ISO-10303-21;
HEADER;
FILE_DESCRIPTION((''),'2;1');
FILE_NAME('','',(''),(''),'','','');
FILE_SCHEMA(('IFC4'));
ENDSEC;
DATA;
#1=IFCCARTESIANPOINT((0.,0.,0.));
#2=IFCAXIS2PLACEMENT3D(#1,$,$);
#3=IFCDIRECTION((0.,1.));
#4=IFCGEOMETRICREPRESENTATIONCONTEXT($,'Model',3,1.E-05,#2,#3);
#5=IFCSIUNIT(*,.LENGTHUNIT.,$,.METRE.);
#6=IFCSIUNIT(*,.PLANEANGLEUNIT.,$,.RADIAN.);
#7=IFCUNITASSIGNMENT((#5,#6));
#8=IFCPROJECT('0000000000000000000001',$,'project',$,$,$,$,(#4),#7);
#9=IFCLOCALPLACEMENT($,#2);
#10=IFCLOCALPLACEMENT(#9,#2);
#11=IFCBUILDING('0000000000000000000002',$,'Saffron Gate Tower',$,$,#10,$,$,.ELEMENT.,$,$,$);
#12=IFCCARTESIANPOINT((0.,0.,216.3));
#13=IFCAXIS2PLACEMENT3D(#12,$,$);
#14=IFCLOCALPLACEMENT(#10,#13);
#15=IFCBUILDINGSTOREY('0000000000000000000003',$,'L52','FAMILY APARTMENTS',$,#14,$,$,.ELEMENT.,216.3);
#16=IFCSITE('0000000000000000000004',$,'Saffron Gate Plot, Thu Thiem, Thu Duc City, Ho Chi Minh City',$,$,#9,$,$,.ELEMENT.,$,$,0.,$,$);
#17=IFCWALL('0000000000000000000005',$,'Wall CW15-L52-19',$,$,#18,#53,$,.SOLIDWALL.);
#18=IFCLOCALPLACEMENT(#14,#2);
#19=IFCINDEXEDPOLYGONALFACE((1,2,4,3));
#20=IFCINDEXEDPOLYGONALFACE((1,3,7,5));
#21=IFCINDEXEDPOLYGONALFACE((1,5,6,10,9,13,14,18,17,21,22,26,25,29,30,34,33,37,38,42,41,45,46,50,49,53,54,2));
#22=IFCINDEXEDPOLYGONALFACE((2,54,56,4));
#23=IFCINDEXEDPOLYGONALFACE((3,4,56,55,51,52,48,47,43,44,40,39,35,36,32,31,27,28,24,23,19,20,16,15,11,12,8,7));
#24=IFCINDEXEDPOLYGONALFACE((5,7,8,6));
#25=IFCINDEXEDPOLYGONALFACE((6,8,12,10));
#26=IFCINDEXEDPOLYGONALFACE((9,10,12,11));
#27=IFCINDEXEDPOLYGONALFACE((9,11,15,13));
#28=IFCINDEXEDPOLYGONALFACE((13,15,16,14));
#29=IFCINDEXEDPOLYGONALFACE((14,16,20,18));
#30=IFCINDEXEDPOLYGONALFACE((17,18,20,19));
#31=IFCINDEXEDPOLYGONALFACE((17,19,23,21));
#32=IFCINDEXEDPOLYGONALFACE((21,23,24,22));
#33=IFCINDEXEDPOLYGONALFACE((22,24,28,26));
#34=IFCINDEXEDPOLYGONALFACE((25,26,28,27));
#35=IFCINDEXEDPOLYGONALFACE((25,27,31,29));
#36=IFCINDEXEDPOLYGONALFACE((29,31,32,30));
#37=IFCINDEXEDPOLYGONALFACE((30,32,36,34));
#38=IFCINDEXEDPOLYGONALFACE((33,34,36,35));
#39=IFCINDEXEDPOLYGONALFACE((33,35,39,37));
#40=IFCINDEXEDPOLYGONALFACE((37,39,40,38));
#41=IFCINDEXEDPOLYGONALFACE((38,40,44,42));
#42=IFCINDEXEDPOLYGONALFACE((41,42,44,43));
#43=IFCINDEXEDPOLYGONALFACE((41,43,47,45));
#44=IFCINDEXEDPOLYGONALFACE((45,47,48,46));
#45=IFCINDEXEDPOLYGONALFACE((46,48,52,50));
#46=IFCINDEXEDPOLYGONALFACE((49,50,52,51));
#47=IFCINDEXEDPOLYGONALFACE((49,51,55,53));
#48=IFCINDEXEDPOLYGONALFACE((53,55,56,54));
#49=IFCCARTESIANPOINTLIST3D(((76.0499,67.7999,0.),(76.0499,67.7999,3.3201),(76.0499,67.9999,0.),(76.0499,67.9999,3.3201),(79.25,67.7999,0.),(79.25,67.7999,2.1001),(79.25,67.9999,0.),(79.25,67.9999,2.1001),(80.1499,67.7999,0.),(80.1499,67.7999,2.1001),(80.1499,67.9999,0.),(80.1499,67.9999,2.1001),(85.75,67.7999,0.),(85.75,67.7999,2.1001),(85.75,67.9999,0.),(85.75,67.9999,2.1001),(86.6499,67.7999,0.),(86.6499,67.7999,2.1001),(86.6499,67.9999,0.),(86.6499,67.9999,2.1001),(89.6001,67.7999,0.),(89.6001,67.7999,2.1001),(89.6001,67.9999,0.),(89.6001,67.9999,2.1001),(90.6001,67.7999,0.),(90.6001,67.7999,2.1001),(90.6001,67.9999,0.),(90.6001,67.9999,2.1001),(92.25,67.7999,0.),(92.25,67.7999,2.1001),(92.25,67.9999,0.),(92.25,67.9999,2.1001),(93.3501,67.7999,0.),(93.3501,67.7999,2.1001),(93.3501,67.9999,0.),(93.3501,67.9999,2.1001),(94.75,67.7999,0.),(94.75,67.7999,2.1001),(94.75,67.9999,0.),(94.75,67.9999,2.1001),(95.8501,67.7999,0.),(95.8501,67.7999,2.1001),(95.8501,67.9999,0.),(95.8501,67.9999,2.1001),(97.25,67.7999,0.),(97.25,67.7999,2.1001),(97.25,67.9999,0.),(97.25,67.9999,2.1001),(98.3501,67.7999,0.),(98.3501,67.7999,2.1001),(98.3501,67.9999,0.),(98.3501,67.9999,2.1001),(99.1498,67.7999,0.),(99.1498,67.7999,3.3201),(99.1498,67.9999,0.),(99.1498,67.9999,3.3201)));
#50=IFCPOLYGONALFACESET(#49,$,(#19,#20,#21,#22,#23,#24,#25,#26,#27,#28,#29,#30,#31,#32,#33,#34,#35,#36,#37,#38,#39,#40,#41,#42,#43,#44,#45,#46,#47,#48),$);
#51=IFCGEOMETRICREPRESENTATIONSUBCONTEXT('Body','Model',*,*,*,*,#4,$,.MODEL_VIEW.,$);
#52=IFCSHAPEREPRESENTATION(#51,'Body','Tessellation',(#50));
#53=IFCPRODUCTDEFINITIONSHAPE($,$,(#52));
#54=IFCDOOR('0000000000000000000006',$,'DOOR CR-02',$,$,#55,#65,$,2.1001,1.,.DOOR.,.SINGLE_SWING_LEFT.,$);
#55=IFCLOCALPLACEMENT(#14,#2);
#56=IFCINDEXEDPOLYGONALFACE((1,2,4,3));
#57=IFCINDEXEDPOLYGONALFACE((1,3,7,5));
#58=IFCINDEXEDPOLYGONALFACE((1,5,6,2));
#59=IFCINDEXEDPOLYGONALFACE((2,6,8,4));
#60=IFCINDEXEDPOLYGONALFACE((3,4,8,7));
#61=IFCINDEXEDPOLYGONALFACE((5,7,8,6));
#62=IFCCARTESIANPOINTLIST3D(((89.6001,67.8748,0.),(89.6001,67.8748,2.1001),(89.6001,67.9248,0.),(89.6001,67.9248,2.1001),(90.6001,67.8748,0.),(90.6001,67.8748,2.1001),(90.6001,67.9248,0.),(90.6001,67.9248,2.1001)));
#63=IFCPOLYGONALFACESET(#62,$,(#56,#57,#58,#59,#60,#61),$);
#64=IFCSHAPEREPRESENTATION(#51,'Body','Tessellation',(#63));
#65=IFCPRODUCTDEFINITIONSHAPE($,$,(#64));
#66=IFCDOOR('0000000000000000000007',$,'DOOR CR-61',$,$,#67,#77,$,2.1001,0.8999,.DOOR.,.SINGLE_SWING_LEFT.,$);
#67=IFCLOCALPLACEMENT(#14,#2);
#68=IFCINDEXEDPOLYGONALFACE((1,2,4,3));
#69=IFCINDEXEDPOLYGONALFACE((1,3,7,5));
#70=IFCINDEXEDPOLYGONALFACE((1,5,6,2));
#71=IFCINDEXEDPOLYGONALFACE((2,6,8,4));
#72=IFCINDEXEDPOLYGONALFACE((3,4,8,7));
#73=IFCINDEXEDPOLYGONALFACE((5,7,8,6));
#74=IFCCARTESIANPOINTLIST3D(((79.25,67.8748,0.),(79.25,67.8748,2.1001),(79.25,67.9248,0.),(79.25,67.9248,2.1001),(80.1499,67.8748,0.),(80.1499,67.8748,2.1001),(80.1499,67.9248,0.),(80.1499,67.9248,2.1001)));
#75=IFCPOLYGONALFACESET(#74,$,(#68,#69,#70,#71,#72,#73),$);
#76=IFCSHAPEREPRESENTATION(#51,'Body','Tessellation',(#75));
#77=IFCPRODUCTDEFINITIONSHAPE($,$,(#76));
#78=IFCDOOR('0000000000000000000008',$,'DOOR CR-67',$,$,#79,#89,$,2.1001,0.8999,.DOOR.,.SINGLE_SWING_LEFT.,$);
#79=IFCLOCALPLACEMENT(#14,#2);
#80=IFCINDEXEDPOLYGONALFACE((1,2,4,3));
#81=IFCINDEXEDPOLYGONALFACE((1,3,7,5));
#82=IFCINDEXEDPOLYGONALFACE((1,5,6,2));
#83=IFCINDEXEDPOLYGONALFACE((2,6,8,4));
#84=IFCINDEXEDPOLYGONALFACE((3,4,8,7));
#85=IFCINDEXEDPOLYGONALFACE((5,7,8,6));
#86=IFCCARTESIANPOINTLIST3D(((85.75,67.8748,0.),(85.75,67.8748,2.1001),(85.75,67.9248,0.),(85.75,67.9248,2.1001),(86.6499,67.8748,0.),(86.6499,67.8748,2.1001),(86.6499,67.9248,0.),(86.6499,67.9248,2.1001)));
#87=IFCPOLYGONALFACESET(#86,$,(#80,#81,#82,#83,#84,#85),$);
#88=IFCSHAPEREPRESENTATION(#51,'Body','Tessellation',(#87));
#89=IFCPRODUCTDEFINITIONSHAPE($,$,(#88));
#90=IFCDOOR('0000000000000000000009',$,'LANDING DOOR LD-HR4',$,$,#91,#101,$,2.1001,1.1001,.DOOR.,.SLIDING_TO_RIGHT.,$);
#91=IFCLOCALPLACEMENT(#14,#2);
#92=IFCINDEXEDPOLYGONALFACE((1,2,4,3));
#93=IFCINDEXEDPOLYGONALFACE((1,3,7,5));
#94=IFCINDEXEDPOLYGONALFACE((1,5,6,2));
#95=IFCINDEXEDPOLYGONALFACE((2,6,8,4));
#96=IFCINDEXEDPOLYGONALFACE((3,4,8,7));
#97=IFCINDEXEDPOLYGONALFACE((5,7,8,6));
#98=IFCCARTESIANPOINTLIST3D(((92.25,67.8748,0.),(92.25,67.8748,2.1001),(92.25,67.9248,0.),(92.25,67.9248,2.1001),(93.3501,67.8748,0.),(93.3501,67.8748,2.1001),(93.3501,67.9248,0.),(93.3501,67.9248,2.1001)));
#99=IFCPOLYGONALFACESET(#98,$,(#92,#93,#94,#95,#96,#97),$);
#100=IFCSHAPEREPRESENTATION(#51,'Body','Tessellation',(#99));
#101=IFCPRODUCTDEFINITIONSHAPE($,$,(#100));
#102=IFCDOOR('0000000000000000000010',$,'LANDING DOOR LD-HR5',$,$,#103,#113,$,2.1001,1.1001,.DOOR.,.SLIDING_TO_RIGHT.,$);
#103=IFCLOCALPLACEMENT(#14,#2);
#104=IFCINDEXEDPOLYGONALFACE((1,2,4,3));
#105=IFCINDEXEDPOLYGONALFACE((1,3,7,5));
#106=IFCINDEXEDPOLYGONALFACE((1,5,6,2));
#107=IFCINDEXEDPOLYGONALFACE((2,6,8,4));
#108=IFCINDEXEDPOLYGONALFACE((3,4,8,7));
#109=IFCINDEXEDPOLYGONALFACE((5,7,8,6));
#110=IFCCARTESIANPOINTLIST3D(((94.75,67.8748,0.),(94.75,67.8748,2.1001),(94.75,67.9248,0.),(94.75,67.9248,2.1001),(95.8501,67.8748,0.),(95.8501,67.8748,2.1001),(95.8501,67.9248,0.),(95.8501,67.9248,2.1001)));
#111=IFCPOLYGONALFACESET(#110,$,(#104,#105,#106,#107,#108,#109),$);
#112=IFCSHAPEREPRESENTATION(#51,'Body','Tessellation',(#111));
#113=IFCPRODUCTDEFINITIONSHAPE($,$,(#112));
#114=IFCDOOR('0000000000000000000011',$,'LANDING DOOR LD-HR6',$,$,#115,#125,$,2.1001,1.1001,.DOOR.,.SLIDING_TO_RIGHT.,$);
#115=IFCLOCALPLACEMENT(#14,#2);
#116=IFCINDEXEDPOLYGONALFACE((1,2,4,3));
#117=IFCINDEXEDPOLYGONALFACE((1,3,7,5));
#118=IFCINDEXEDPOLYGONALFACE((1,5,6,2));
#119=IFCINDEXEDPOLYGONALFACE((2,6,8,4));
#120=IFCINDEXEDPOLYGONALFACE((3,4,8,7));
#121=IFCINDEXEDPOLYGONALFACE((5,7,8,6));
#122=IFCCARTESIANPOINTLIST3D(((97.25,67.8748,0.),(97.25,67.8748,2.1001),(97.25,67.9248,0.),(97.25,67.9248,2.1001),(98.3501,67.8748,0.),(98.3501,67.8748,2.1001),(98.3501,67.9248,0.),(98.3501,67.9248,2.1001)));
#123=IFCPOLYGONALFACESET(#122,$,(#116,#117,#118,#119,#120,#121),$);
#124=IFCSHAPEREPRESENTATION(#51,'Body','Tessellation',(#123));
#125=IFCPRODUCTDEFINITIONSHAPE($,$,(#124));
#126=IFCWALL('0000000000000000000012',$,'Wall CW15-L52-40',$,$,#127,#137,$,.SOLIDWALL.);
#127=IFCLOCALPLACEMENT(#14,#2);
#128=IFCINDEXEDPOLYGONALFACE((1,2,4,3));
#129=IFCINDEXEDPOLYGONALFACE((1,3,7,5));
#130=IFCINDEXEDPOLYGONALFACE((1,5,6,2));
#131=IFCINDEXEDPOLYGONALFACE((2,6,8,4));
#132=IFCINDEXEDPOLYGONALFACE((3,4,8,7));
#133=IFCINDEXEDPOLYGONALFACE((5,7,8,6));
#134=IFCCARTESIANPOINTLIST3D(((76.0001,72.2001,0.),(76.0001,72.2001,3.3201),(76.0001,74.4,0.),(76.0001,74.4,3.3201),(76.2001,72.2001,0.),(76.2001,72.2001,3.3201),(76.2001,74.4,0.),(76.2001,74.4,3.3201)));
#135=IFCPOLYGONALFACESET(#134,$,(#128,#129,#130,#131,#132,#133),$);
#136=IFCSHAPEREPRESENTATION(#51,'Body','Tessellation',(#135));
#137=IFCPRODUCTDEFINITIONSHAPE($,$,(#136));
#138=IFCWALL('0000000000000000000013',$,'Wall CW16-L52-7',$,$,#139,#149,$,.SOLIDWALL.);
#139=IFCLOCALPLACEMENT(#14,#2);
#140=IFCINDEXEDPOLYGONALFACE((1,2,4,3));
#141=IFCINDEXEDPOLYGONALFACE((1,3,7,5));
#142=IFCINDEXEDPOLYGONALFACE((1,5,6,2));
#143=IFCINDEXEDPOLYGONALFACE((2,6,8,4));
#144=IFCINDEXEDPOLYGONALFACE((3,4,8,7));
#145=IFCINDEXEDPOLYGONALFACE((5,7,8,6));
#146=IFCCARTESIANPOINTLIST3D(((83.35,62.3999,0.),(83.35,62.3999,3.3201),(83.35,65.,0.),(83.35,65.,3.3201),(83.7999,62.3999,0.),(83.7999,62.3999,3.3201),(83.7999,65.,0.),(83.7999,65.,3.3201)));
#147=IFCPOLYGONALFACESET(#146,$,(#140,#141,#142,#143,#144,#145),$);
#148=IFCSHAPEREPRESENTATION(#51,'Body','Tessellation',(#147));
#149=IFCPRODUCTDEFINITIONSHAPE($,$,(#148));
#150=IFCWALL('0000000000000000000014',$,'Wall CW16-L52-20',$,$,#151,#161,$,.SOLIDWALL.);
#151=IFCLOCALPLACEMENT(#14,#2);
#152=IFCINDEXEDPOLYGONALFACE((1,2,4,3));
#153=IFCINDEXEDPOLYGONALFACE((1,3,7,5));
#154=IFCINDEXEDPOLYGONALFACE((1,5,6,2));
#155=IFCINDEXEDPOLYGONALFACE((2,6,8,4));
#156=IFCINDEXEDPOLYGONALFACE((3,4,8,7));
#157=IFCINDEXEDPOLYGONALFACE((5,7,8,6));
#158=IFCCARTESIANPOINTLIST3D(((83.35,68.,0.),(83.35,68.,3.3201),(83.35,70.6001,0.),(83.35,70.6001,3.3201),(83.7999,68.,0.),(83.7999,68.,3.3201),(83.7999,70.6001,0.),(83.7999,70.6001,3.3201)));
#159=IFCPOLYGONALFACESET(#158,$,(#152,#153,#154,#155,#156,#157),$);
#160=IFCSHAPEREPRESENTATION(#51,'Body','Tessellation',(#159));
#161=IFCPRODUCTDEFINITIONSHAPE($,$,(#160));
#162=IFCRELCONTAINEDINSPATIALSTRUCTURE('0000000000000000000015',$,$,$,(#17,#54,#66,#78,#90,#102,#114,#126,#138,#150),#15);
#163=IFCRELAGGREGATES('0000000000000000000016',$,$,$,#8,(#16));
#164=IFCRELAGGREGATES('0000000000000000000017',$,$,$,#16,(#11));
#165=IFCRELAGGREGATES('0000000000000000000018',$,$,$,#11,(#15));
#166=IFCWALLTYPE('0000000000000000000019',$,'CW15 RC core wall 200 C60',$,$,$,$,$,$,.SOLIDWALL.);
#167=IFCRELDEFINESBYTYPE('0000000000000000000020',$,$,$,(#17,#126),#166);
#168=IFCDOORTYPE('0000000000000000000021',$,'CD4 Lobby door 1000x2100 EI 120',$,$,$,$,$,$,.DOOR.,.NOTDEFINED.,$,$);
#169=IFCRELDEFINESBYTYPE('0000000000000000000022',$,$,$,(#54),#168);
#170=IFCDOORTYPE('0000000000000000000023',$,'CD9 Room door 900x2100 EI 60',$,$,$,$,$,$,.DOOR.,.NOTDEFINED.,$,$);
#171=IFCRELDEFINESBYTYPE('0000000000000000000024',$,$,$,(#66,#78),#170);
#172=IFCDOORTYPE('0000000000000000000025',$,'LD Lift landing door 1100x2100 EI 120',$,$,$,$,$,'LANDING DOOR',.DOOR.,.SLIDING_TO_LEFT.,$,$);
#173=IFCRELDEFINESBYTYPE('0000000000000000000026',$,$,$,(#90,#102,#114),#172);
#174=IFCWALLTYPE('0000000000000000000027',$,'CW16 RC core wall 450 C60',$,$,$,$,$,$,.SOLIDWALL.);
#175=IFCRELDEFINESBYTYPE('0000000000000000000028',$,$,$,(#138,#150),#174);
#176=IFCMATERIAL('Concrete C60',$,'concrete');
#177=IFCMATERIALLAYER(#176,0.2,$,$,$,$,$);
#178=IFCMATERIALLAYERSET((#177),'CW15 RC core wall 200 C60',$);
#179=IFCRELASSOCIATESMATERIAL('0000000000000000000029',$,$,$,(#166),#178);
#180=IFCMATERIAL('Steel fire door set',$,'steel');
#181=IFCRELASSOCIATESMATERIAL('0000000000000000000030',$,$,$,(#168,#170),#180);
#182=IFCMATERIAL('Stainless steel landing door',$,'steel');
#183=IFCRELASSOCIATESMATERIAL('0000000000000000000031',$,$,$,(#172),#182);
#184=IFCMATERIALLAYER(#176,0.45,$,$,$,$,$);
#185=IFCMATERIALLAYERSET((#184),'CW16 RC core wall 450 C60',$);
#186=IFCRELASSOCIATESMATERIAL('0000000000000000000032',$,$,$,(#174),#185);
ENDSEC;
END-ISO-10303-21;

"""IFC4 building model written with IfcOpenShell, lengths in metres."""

from ifc_helpers import new_model, si_unit, direction, frame, frame_2d, origin, place, context, subcontext, project, spatial, rectangle, extrude, material, layer, layer_set, type_object, element, fill, save


model = new_model("IFC4")

# Units and contexts
model_context = context("Model", 3, precision=1e-05, world=origin(), true_north=direction((0.0, 1.0)))
body_context = subcontext(model_context, "Body", "Model", "MODEL_VIEW")
ifc_project = project(units=[si_unit("LENGTHUNIT", "METRE"), si_unit("PLANEANGLEUNIT", "RADIAN")], contexts=[model_context])

# Site, building, storey
site_placement = place(None, origin())
site = spatial("IfcSite", under=ifc_project, at=site_placement, Name="Saffron Gate Plot, Thu Thiem, Thu Duc City, Ho Chi Minh City", CompositionType="ELEMENT", RefElevation=0.0)
building_placement = place(site_placement, origin())
building = spatial("IfcBuilding", under=site, at=building_placement, Name="Saffron Gate Tower", CompositionType="ELEMENT")
storey_placement = place(building_placement, frame((0.0, 0.0, 216.3)))
storey = spatial("IfcBuildingStorey", under=building, at=storey_placement, Name="L52", Description="FAMILY APARTMENTS", CompositionType="ELEMENT", Elevation=216.3)

# Shared definitions
ifc_material_1 = material(Name="Concrete C60", Category="concrete")
ifc_material_2 = material(Name="Steel fire door set", Category="steel")

# Wall, openings, doors
ifc_layer_1 = layer(ifc_material_1, 0.2)
ifc_layer_set_1 = layer_set([ifc_layer_1], Name="CW15 RC core wall 200 C60")
wall_type_1 = type_object("IfcWallType", Name="CW15 RC core wall 200 C60", PredefinedType="SOLIDWALL", material=ifc_layer_set_1)
wall_1_placement = place(storey_placement, frame((76.05, 67.8999, 0.0), z_axis=(0.0, 0.0, 1.0), x_axis=(1.0, 0.0, 0.0)))
wall_1 = element("IfcWall", 1, at=wall_1_placement, inside=storey, type_object=wall_type_1, Name="Wall CW15-L52-19", PredefinedType="SOLIDWALL", context=body_context, shape_type="SweptSolid", body=[
    extrude(rectangle(XDim=23.0999, YDim=0.2, at=frame_2d((11.5498, 0.0))), origin(), (0.0, 0.0, 1.0), 3.3201),
])
opening_1_placement = place(wall_1_placement, frame((3.2, 0.0, 0.0)))
opening_1 = element("IfcOpeningElement", 2, at=opening_1_placement, cuts=wall_1, PredefinedType="OPENING", context=body_context, shape_type="SweptSolid", body=[
    extrude(rectangle(XDim=0.8999, YDim=2.1001, at=frame_2d((0.45, 1.05))), frame((0.0, 0.1099, 0.0), z_axis=(0.0, -1.0, 0.0), x_axis=(1.0, 0.0, 0.0)), (0.0, 0.0, 1.0), 0.22),
])
opening_2_placement = place(wall_1_placement, frame((9.7, 0.0, 0.0)))
opening_2 = element("IfcOpeningElement", 3, at=opening_2_placement, cuts=wall_1, PredefinedType="OPENING", context=body_context, shape_type="SweptSolid", body=[
    extrude(rectangle(XDim=0.8999, YDim=2.1001, at=frame_2d((0.45, 1.05))), frame((0.0, 0.1099, 0.0), z_axis=(0.0, -1.0, 0.0), x_axis=(1.0, 0.0, 0.0)), (0.0, 0.0, 1.0), 0.22),
])
opening_3_placement = place(wall_1_placement, frame((13.55, 0.0, 0.0)))
opening_3 = element("IfcOpeningElement", 4, at=opening_3_placement, cuts=wall_1, PredefinedType="OPENING", context=body_context, shape_type="SweptSolid", body=[
    extrude(rectangle(XDim=1.0, YDim=2.1001, at=frame_2d((0.5, 1.05))), frame((0.0, 0.1099, 0.0), z_axis=(0.0, -1.0, 0.0), x_axis=(1.0, 0.0, 0.0)), (0.0, 0.0, 1.0), 0.22),
])
opening_4_placement = place(wall_1_placement, frame((16.2, 0.0, 0.0)))
opening_4 = element("IfcOpeningElement", 5, at=opening_4_placement, cuts=wall_1, PredefinedType="OPENING", context=body_context, shape_type="SweptSolid", body=[
    extrude(rectangle(XDim=1.1001, YDim=2.1001, at=frame_2d((0.55, 1.05))), frame((0.0, 0.1099, 0.0), z_axis=(0.0, -1.0, 0.0), x_axis=(1.0, 0.0, 0.0)), (0.0, 0.0, 1.0), 0.22),
])
opening_5_placement = place(wall_1_placement, frame((18.7, 0.0, 0.0)))
opening_5 = element("IfcOpeningElement", 6, at=opening_5_placement, cuts=wall_1, PredefinedType="OPENING", context=body_context, shape_type="SweptSolid", body=[
    extrude(rectangle(XDim=1.1001, YDim=2.1001, at=frame_2d((0.55, 1.05))), frame((0.0, 0.1099, 0.0), z_axis=(0.0, -1.0, 0.0), x_axis=(1.0, 0.0, 0.0)), (0.0, 0.0, 1.0), 0.22),
])
opening_6_placement = place(wall_1_placement, frame((21.2, 0.0, 0.0)))
opening_6 = element("IfcOpeningElement", 7, at=opening_6_placement, cuts=wall_1, PredefinedType="OPENING", context=body_context, shape_type="SweptSolid", body=[
    extrude(rectangle(XDim=1.1001, YDim=2.1001, at=frame_2d((0.55, 1.05))), frame((0.0, 0.1099, 0.0), z_axis=(0.0, -1.0, 0.0), x_axis=(1.0, 0.0, 0.0)), (0.0, 0.0, 1.0), 0.22),
])
door_type_1 = type_object("IfcDoorType", Name="CD4 Lobby door 1000x2100 EI 120", OperationType="NOTDEFINED", PredefinedType="DOOR", material=ifc_material_2)
door_1_placement = place(opening_3_placement, origin())
door_1 = element("IfcDoor", 8, at=door_1_placement, inside=storey, type_object=door_type_1, Name="DOOR CR-02", OperationType="SINGLE_SWING_LEFT", OverallHeight=2.1001, OverallWidth=1.0, PredefinedType="DOOR", context=body_context, shape_type="SweptSolid", body=[
    extrude(rectangle(XDim=1.0, YDim=2.1001, at=frame_2d((0.5, 1.05))), frame((0.0, 0.0249, 0.0), z_axis=(0.0, -1.0, 0.0), x_axis=(1.0, 0.0, 0.0)), (0.0, 0.0, 1.0), 0.05),
])
fill(opening_3, door_1)
door_type_2 = type_object("IfcDoorType", Name="CD9 Room door 900x2100 EI 60", OperationType="NOTDEFINED", PredefinedType="DOOR", material=ifc_material_2)
door_2_placement = place(opening_1_placement, origin())
door_2 = element("IfcDoor", 9, at=door_2_placement, inside=storey, type_object=door_type_2, Name="DOOR CR-61", OperationType="SINGLE_SWING_LEFT", OverallHeight=2.1001, OverallWidth=0.8999, PredefinedType="DOOR", context=body_context, shape_type="SweptSolid", body=[
    extrude(rectangle(XDim=0.8999, YDim=2.1001, at=frame_2d((0.45, 1.05))), frame((0.0, 0.0249, 0.0), z_axis=(0.0, -1.0, 0.0), x_axis=(1.0, 0.0, 0.0)), (0.0, 0.0, 1.0), 0.05),
])
fill(opening_1, door_2)
door_3_placement = place(opening_2_placement, origin())
door_3 = element("IfcDoor", 10, at=door_3_placement, inside=storey, type_object=door_type_2, Name="DOOR CR-67", OperationType="SINGLE_SWING_LEFT", OverallHeight=2.1001, OverallWidth=0.8999, PredefinedType="DOOR", context=body_context, shape_type="SweptSolid", body=[
    extrude(rectangle(XDim=0.8999, YDim=2.1001, at=frame_2d((0.45, 1.05))), frame((0.0, 0.0249, 0.0), z_axis=(0.0, -1.0, 0.0), x_axis=(1.0, 0.0, 0.0)), (0.0, 0.0, 1.0), 0.05),
])
fill(opening_2, door_3)
ifc_material_3 = material(Name="Stainless steel landing door", Category="steel")
door_type_3 = type_object("IfcDoorType", Name="LD Lift landing door 1100x2100 EI 120", ElementType="LANDING DOOR", OperationType="SLIDING_TO_LEFT", PredefinedType="DOOR", material=ifc_material_3)
door_4_placement = place(opening_4_placement, origin())
door_4 = element("IfcDoor", 11, at=door_4_placement, inside=storey, type_object=door_type_3, Name="LANDING DOOR LD-HR4", OperationType="SLIDING_TO_RIGHT", OverallHeight=2.1001, OverallWidth=1.1001, PredefinedType="DOOR", context=body_context, shape_type="SweptSolid", body=[
    extrude(rectangle(XDim=1.1001, YDim=2.1001, at=frame_2d((0.55, 1.05))), frame((0.0, 0.0249, 0.0), z_axis=(0.0, -1.0, 0.0), x_axis=(1.0, 0.0, 0.0)), (0.0, 0.0, 1.0), 0.05),
])
fill(opening_4, door_4)
door_5_placement = place(opening_5_placement, origin())
door_5 = element("IfcDoor", 12, at=door_5_placement, inside=storey, type_object=door_type_3, Name="LANDING DOOR LD-HR5", OperationType="SLIDING_TO_RIGHT", OverallHeight=2.1001, OverallWidth=1.1001, PredefinedType="DOOR", context=body_context, shape_type="SweptSolid", body=[
    extrude(rectangle(XDim=1.1001, YDim=2.1001, at=frame_2d((0.55, 1.05))), frame((0.0, 0.0249, 0.0), z_axis=(0.0, -1.0, 0.0), x_axis=(1.0, 0.0, 0.0)), (0.0, 0.0, 1.0), 0.05),
])
fill(opening_5, door_5)
door_6_placement = place(opening_6_placement, origin())
door_6 = element("IfcDoor", 13, at=door_6_placement, inside=storey, type_object=door_type_3, Name="LANDING DOOR LD-HR6", OperationType="SLIDING_TO_RIGHT", OverallHeight=2.1001, OverallWidth=1.1001, PredefinedType="DOOR", context=body_context, shape_type="SweptSolid", body=[
    extrude(rectangle(XDim=1.1001, YDim=2.1001, at=frame_2d((0.55, 1.05))), frame((0.0, 0.0249, 0.0), z_axis=(0.0, -1.0, 0.0), x_axis=(1.0, 0.0, 0.0)), (0.0, 0.0, 1.0), 0.05),
])
fill(opening_6, door_6)

# Walls
wall_2_placement = place(storey_placement, frame((76.1001, 72.2, 0.0), z_axis=(0.0, 0.0, 1.0), x_axis=(0.0, 1.0, 0.0)))
element("IfcWall", 14, at=wall_2_placement, inside=storey, type_object=wall_type_1, Name="Wall CW15-L52-40", PredefinedType="SOLIDWALL", context=body_context, shape_type="SweptSolid", body=[
    extrude(rectangle(XDim=2.2, YDim=0.2, at=frame_2d((1.1001, 0.0))), origin(), (0.0, 0.0, 1.0), 3.3201),
])
ifc_layer_2 = layer(ifc_material_1, 0.45)
ifc_layer_set_2 = layer_set([ifc_layer_2], Name="CW16 RC core wall 450 C60")
wall_type_2 = type_object("IfcWallType", Name="CW16 RC core wall 450 C60", PredefinedType="SOLIDWALL", material=ifc_layer_set_2)
for number, where, z_axis, x_axis, name in (
    (15, (83.575, 62.3999, 0.0), (0.0, 0.0, 1.0), (0.0, 1.0, 0.0), "Wall CW16-L52-7"),
    (16, (83.575, 68.0, 0.0), (0.0, 0.0, 1.0), (0.0, 1.0, 0.0), "Wall CW16-L52-20"),
):
    element("IfcWall", number, at=place(storey_placement, frame(where, z_axis=z_axis, x_axis=x_axis)), inside=storey, type_object=wall_type_2, Name=name, PredefinedType="SOLIDWALL", context=body_context, shape_type="SweptSolid", body=[
        extrude(rectangle(XDim=2.6001, YDim=0.45, at=frame_2d((1.3, 0.0))), origin(), (0.0, 0.0, 1.0), 3.3201),
    ])

save(model, "model.ifc")
